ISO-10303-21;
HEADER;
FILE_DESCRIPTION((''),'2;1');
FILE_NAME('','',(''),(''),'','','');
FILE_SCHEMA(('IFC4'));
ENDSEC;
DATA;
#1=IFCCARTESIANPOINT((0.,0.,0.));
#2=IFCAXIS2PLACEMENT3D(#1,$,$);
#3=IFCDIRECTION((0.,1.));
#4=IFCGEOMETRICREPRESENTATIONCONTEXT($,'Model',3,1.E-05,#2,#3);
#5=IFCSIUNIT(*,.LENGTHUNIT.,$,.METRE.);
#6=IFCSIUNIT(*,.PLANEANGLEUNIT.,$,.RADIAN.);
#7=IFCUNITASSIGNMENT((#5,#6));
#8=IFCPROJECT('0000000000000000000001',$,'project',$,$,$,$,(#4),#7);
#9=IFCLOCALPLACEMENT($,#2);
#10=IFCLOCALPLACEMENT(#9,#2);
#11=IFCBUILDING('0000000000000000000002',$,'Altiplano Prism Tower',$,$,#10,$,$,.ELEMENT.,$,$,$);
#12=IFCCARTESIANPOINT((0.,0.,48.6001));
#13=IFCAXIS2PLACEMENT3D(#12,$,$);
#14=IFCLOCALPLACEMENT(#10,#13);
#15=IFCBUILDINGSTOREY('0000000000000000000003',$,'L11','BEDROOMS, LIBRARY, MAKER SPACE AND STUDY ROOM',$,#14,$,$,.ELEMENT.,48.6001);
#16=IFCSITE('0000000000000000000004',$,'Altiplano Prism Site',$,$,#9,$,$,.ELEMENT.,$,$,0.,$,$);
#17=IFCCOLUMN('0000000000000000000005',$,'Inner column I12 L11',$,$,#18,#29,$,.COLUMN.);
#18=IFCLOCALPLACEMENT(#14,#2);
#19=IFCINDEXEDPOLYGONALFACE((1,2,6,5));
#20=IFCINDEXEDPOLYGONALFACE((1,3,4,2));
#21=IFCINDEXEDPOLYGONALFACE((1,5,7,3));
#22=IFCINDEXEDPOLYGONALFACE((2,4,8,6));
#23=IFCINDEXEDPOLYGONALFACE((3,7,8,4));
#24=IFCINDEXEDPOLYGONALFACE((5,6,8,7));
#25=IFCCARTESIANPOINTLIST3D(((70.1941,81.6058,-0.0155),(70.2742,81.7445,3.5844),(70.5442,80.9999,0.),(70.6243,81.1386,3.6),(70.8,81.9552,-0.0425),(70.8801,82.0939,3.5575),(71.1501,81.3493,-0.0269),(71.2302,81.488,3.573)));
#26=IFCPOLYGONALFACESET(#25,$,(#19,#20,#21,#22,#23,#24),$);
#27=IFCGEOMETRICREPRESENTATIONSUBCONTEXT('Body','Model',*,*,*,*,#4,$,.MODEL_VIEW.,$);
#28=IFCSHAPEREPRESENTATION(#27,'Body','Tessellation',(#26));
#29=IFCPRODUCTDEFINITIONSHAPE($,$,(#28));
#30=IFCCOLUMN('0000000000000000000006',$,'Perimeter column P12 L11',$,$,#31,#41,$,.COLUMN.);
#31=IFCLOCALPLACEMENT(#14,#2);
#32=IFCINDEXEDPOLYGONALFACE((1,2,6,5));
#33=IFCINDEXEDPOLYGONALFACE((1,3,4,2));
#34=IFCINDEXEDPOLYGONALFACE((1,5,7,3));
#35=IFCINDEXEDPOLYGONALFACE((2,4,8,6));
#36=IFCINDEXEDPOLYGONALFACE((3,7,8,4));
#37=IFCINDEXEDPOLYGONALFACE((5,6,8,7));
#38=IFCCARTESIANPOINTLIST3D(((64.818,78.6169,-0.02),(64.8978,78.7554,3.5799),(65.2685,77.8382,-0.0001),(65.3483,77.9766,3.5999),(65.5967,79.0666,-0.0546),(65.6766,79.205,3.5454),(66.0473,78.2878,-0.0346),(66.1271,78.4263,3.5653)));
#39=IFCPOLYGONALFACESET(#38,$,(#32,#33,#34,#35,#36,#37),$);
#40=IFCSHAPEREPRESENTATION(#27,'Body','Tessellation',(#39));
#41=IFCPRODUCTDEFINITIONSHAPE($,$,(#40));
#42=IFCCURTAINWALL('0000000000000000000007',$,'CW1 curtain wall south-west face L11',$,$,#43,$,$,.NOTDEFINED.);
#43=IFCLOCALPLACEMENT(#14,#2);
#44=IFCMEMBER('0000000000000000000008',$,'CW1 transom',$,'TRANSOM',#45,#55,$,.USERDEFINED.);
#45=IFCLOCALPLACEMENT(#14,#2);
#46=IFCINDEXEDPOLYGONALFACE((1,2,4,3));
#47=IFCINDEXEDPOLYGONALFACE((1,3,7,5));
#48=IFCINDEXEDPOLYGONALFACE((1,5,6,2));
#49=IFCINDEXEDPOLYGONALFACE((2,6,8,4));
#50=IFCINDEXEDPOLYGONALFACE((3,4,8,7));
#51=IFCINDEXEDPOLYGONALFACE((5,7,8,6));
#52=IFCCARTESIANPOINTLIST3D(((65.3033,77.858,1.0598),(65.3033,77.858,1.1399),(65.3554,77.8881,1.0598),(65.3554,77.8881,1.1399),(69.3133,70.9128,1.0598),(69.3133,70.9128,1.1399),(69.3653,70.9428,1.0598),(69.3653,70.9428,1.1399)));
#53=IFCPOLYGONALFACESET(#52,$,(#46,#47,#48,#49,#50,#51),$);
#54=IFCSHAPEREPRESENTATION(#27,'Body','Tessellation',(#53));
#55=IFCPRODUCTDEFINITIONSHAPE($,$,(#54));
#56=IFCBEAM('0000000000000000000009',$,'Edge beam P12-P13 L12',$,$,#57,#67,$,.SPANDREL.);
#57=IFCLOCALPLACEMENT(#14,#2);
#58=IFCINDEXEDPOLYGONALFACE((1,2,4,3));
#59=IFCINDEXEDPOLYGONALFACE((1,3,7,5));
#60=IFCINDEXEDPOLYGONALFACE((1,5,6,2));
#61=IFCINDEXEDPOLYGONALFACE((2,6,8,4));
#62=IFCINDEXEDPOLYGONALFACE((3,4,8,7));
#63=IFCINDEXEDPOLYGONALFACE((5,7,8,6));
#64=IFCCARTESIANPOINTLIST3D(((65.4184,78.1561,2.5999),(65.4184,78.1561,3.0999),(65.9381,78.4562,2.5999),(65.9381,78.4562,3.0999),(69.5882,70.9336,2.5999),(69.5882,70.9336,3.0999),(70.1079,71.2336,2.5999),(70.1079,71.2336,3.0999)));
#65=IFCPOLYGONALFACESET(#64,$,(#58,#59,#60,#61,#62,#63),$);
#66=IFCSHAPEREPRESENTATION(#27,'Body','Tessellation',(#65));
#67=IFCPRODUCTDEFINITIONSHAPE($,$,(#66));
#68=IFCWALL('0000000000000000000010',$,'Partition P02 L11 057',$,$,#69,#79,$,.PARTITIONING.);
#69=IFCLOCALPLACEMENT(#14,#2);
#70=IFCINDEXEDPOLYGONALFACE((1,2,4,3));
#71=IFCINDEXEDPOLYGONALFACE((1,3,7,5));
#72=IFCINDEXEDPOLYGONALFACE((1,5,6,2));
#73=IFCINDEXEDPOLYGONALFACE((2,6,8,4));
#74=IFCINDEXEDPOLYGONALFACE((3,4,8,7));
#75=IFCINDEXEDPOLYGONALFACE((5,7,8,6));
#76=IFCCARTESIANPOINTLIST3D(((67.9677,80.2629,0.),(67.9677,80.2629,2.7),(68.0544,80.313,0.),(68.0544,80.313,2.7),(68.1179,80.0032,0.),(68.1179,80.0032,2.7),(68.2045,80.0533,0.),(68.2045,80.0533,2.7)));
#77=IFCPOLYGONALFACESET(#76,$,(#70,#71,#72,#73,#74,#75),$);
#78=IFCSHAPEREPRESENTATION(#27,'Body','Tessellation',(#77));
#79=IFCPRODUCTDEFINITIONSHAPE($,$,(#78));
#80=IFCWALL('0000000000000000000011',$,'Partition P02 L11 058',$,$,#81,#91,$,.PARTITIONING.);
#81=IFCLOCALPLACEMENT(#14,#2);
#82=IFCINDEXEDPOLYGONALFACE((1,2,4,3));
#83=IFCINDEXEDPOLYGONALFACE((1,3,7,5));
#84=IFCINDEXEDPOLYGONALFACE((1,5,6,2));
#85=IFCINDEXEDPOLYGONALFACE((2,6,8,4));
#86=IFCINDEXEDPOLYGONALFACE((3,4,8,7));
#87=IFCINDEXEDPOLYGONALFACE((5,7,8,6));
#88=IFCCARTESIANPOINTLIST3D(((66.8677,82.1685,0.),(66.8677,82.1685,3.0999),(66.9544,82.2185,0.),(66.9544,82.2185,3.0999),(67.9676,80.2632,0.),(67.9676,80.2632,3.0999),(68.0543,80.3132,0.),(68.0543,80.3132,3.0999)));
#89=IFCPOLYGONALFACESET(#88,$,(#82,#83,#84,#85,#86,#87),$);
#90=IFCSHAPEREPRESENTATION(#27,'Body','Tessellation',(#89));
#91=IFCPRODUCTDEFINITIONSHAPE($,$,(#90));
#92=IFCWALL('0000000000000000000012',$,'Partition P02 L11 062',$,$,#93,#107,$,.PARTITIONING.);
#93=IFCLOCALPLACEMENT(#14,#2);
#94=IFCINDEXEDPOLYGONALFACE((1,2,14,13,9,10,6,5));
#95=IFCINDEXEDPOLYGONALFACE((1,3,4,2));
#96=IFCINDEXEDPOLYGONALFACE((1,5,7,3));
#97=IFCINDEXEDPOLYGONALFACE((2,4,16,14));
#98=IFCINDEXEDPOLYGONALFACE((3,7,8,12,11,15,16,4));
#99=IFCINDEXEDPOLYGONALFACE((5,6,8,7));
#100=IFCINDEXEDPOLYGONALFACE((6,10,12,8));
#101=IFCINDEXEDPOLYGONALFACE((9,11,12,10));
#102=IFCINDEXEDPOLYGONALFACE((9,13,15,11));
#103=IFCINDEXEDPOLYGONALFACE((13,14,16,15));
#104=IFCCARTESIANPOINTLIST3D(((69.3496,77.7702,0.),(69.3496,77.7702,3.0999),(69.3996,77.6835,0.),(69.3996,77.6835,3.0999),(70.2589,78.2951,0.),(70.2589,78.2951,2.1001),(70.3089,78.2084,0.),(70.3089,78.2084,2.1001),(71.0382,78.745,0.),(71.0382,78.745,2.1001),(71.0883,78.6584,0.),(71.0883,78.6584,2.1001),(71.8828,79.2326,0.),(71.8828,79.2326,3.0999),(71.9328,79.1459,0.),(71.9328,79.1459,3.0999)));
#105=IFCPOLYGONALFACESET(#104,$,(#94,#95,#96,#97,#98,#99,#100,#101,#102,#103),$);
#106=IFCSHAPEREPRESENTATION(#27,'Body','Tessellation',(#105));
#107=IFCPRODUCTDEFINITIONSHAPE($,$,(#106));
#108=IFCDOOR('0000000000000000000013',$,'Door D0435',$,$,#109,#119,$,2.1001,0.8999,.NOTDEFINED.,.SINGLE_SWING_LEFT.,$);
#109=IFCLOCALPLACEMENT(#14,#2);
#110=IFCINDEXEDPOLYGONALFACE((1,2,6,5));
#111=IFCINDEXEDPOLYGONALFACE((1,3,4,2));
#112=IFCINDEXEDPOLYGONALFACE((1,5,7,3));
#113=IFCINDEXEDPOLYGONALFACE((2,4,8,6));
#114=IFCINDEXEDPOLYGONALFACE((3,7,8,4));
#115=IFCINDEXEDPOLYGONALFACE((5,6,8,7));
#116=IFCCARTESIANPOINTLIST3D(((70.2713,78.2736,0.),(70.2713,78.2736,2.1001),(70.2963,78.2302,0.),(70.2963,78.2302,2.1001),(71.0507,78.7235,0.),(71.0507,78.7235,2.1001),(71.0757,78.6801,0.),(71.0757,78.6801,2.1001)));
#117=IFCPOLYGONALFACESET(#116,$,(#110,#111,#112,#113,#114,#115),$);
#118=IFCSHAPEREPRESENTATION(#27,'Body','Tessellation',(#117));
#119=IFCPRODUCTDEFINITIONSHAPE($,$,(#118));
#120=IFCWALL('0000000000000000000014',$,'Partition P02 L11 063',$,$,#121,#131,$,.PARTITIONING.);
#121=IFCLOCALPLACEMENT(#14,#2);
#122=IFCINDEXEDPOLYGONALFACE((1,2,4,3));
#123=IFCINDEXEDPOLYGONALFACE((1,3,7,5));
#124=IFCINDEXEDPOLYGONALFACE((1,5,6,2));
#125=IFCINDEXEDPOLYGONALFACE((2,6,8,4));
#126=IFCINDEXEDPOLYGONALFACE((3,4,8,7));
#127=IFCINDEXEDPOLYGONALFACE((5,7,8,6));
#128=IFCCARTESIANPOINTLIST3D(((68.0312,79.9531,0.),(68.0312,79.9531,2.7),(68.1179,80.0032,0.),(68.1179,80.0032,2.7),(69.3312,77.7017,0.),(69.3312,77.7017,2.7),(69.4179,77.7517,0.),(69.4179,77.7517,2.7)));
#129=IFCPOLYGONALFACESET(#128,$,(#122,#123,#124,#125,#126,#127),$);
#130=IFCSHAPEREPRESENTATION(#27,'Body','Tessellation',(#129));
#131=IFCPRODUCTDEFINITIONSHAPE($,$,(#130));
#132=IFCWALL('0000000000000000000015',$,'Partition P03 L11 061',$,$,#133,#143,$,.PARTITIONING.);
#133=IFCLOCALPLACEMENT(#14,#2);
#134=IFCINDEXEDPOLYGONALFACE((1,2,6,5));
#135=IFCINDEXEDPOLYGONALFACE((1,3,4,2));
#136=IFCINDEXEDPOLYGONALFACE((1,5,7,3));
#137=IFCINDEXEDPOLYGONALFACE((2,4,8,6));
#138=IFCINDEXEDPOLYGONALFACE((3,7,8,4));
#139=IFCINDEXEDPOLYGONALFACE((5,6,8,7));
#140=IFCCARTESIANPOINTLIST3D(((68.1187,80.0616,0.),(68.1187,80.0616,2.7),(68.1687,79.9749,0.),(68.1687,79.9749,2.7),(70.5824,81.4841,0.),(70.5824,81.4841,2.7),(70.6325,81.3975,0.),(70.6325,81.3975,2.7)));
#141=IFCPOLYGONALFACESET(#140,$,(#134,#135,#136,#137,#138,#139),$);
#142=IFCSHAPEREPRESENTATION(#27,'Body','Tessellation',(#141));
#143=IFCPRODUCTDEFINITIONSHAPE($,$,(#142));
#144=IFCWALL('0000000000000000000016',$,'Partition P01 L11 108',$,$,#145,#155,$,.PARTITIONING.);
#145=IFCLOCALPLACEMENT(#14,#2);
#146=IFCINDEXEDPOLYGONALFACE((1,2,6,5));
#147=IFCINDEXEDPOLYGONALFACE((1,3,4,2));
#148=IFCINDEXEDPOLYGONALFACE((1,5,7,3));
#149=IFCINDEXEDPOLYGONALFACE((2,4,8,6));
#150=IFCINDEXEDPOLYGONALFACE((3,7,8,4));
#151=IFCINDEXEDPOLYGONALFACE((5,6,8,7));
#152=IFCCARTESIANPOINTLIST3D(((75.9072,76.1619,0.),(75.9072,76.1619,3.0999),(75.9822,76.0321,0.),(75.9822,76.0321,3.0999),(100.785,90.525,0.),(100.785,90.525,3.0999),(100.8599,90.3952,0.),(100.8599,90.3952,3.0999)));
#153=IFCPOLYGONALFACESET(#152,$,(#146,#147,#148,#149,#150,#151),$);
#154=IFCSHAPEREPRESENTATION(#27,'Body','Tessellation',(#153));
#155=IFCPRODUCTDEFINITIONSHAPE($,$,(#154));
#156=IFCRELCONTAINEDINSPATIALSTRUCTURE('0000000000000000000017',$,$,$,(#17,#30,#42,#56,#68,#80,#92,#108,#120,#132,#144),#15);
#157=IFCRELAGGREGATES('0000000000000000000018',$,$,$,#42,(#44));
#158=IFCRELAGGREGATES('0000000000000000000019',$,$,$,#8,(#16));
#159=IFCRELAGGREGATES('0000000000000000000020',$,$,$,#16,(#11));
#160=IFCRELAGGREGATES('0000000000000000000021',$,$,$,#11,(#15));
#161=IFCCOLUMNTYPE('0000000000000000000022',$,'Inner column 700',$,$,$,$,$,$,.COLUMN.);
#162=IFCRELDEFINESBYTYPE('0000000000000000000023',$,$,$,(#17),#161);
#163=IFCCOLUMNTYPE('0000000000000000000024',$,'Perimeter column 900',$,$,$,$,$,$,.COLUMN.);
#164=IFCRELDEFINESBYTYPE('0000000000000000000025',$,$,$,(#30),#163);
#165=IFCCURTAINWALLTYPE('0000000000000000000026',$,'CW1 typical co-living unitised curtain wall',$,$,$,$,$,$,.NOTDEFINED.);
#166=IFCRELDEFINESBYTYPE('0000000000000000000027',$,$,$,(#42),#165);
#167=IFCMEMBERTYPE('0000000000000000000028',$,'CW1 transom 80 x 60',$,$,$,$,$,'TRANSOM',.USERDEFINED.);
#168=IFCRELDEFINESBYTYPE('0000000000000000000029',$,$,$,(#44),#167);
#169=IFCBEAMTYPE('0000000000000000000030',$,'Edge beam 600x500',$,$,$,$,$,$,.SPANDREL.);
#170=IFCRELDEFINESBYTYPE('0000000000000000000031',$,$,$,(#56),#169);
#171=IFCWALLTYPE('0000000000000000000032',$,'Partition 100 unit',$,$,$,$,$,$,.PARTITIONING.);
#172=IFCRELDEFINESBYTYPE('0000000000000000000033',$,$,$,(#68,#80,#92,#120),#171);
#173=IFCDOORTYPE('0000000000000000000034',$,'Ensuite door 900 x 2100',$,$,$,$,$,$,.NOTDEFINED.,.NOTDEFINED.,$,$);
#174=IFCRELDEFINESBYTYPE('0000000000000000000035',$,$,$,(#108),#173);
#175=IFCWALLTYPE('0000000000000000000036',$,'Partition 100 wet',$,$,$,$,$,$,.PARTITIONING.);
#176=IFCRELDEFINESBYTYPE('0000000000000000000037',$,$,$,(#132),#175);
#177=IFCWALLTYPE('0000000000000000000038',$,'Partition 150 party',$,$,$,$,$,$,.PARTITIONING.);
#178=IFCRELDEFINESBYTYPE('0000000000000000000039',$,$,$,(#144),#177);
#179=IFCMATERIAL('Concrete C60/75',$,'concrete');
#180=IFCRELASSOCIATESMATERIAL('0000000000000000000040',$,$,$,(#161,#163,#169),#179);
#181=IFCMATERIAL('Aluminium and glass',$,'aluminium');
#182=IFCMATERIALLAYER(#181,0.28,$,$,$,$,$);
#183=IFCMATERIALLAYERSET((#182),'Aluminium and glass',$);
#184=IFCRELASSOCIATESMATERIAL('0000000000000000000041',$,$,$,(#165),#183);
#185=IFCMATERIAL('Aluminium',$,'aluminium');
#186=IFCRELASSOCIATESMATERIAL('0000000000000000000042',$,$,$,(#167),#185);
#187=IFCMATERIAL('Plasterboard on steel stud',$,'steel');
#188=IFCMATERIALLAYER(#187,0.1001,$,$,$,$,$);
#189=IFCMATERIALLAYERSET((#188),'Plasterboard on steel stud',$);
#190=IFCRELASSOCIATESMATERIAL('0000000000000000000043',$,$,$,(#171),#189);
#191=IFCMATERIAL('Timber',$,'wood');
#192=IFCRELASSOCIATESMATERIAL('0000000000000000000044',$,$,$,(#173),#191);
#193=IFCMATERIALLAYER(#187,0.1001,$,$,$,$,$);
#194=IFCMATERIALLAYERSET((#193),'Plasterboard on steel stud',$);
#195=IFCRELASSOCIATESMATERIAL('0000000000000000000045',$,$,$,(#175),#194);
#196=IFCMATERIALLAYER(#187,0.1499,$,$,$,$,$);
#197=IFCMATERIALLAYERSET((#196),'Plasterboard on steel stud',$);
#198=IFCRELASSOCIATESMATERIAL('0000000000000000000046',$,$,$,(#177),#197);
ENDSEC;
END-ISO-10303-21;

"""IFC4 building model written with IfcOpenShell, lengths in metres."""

from ifc_helpers import new_model, si_unit, direction, frame, frame_2d, origin, origin_2d, place, context, subcontext, project, spatial, rectangle, extrude, material, layer, layer_set, material_profile, profile_set, type_object, element, fill, aggregate, save


model = new_model("IFC4")

# Units and contexts
model_context = context("Model", 3, precision=1e-05, world=origin(), true_north=direction((0.0, 1.0)))
body_context = subcontext(model_context, "Body", "Model", "MODEL_VIEW")
ifc_project = project(units=[si_unit("LENGTHUNIT", "METRE"), si_unit("PLANEANGLEUNIT", "RADIAN")], contexts=[model_context])

# Site, building, storey
site_placement = place(None, origin())
site = spatial("IfcSite", under=ifc_project, at=site_placement, Name="Altiplano Prism Site", CompositionType="ELEMENT", RefElevation=0.0)
building_placement = place(site_placement, origin())
building = spatial("IfcBuilding", under=site, at=building_placement, Name="Altiplano Prism Tower", CompositionType="ELEMENT")
storey_placement = place(building_placement, frame((0.0, 0.0, 48.6001)))
storey = spatial("IfcBuildingStorey", under=building, at=storey_placement, Name="L11", Description="BEDROOMS, LIBRARY, MAKER SPACE AND STUDY ROOM", CompositionType="ELEMENT", Elevation=48.6001)

# Columns
ifc_material_1 = material(Name="Concrete C60/75", Category="concrete")
ifc_material_profile_1 = material_profile(ifc_material_1, rectangle(XDim=0.7, YDim=0.7, at=origin_2d()), Name="Inner column 700")
ifc_profile_set_1 = profile_set([ifc_material_profile_1], Name="Concrete C60/75")
column_type_1 = type_object("IfcColumnType", Name="Inner column 700", PredefinedType="COLUMN", material=ifc_profile_set_1)
column_1_placement = place(storey_placement, frame((70.6721, 81.4775, -0.0212), z_axis=(0.022223, 0.038483, 0.999012), x_axis=(-0.865644, -0.499179, 0.038485)))
element("IfcColumn", 1, at=column_1_placement, inside=storey, type_object=column_type_1, Name="Inner column I12 L11", PredefinedType="COLUMN", context=body_context, shape_type="SweptSolid", body=[
    extrude(rectangle(XDim=0.7, YDim=0.7, at=origin_2d()), origin(), (0.0, 0.0, 1.0), 3.6035),
])
ifc_material_profile_2 = material_profile(ifc_material_1, rectangle(XDim=0.8999, YDim=0.8999, at=origin_2d()), Name="Perimeter column 900")
ifc_profile_set_2 = profile_set([ifc_material_profile_2], Name="Concrete C60/75")
column_type_2 = type_object("IfcColumnType", Name="Perimeter column 900", PredefinedType="COLUMN", material=ifc_profile_set_2)
column_2_placement = place(storey_placement, frame((65.4326, 78.4524, -0.0273), z_axis=(0.022155, 0.038416, 0.999016), x_axis=(-0.865366, -0.499666, 0.038405)))
element("IfcColumn", 2, at=column_2_placement, inside=storey, type_object=column_type_2, Name="Perimeter column P12 L11", PredefinedType="COLUMN", context=body_context, shape_type="SweptSolid", body=[
    extrude(rectangle(XDim=0.8999, YDim=0.8999, at=origin_2d()), origin(), (0.0, 0.0, 1.0), 3.6035),
])

# Curtain wall, member
ifc_material_2 = material(Name="Aluminium and glass", Category="aluminium")
ifc_layer_1 = layer(ifc_material_2, 0.28)
ifc_layer_set_1 = layer_set([ifc_layer_1], Name="Aluminium and glass")
curtain_wall_type = type_object("IfcCurtainWallType", Name="CW1 typical co-living unitised curtain wall", PredefinedType="NOTDEFINED", material=ifc_layer_set_1)
curtain_wall_placement = place(storey_placement, origin())
curtain_wall = element("IfcCurtainWall", 3, at=curtain_wall_placement, inside=storey, type_object=curtain_wall_type, Name="CW1 curtain wall south-west face L11", PredefinedType="NOTDEFINED")
ifc_material_3 = material(Name="Aluminium", Category="aluminium")
ifc_material_profile_3 = material_profile(ifc_material_3, rectangle(XDim=0.0601, YDim=0.0801, at=origin_2d()), Name="CW1 transom 80 x 60")
ifc_profile_set_3 = profile_set([ifc_material_profile_3], Name="Aluminium")
member_type = type_object("IfcMemberType", Name="CW1 transom 80 x 60", ElementType="TRANSOM", PredefinedType="USERDEFINED", material=ifc_profile_set_3)
member_placement = place(storey_placement, frame((65.3293, 77.873, 1.0999), z_axis=(0.500012, -0.866018, 0.0), x_axis=(0.866018, 0.500012, 0.0)))
member = element("IfcMember", 4, at=member_placement, type_object=member_type, Name="CW1 transom", ObjectType="TRANSOM", PredefinedType="USERDEFINED", context=body_context, shape_type="SweptSolid", body=[
    extrude(rectangle(XDim=0.0601, YDim=0.0801, at=origin_2d()), origin(), (0.0, 0.0, 1.0), 8.0198),
])
aggregate(curtain_wall, [member])

# Beam
ifc_material_profile_4 = material_profile(ifc_material_1, rectangle(XDim=0.6001, YDim=0.5, at=origin_2d()), Name="Edge beam 600x500")
ifc_profile_set_4 = profile_set([ifc_material_profile_4], Name="Concrete C60/75")
beam_type = type_object("IfcBeamType", Name="Edge beam 600x500", PredefinedType="SPANDREL", material=ifc_profile_set_4)
beam_placement = place(storey_placement, frame((65.6782, 78.3062, 2.8499), z_axis=(0.499993, -0.86603, 0.0), x_axis=(0.86603, 0.499993, 0.0)))
element("IfcBeam", 5, at=beam_placement, inside=storey, type_object=beam_type, Name="Edge beam P12-P13 L12", PredefinedType="SPANDREL", context=body_context, shape_type="SweptSolid", body=[
    extrude(rectangle(XDim=0.6001, YDim=0.5, at=origin_2d()), origin(), (0.0, 0.0, 1.0), 8.3398),
])

# Walls
ifc_material_4 = material(Name="Plasterboard on steel stud", Category="steel")
ifc_layer_2 = layer(ifc_material_4, 0.1001)
ifc_layer_set_2 = layer_set([ifc_layer_2], Name="Plasterboard on steel stud")
wall_type_1 = type_object("IfcWallType", Name="Partition 100 unit", PredefinedType="PARTITIONING", material=ifc_layer_set_2)
wall_1_placement = place(storey_placement, frame((68.1611, 80.0283, 0.0), z_axis=(0.0, 0.0, 1.0), x_axis=(-0.500427, 0.865779, 0.0)))
element("IfcWall", 6, at=wall_1_placement, inside=storey, type_object=wall_type_1, Name="Partition P02 L11 057", PredefinedType="PARTITIONING", context=body_context, shape_type="SweptSolid", body=[
    extrude(rectangle(XDim=0.3, YDim=0.1001, at=frame_2d((0.1499, 0.0))), origin(), (0.0, 0.0, 1.0), 2.7),
])
wall_2_placement = place(storey_placement, frame((68.011, 80.2881, 0.0), z_axis=(0.0, 0.0, 1.0), x_axis=(-0.499947, 0.866056, 0.0)))
element("IfcWall", 7, at=wall_2_placement, inside=storey, type_object=wall_type_1, Name="Partition P02 L11 058", PredefinedType="PARTITIONING", context=body_context, shape_type="SweptSolid", body=[
    extrude(rectangle(XDim=2.2, YDim=0.1001, at=frame_2d((1.1001, 0.0))), origin(), (0.0, 0.0, 1.0), 3.0999),
])

# Wall, opening, door
wall_3_placement = place(storey_placement, frame((71.9077, 79.1892, 0.0), z_axis=(0.0, 0.0, 1.0), x_axis=(-0.866047, -0.499963, 0.0)))
wall_3 = element("IfcWall", 8, at=wall_3_placement, inside=storey, type_object=wall_type_1, Name="Partition P02 L11 062", PredefinedType="PARTITIONING", context=body_context, shape_type="SweptSolid", body=[
    extrude(rectangle(XDim=2.925, YDim=0.1001, at=frame_2d((1.4624, 0.0))), origin(), (0.0, 0.0, 1.0), 3.0999),
])
opening_placement = place(wall_3_placement, frame((0.9751, 0.0, 0.0)))
opening = element("IfcOpeningElement", 9, at=opening_placement, cuts=wall_3, PredefinedType="OPENING", context=body_context, shape_type="SweptSolid", body=[
    extrude(rectangle(XDim=0.8999, YDim=2.1001, at=frame_2d((0.45, 1.05))), frame((0.0, 0.0605, 0.0), z_axis=(0.0, -1.0, 0.0), x_axis=(1.0, 0.0, 0.0)), (0.0, 0.0, 1.0), 0.1211),
])
ifc_material_5 = material(Name="Timber", Category="wood")
door_type = type_object("IfcDoorType", Name="Ensuite door 900 x 2100", OperationType="NOTDEFINED", PredefinedType="NOTDEFINED", material=ifc_material_5)
door_placement = place(opening_placement, origin())
door = element("IfcDoor", 10, at=door_placement, inside=storey, type_object=door_type, Name="Door D0435", OperationType="SINGLE_SWING_LEFT", OverallHeight=2.1001, OverallWidth=0.8999, PredefinedType="NOTDEFINED", context=body_context, shape_type="SweptSolid", body=[
    extrude(rectangle(XDim=0.8999, YDim=2.1001, at=frame_2d((0.45, 1.05))), frame((0.0, 0.0249, 0.0), z_axis=(0.0, -1.0, 0.0), x_axis=(1.0, 0.0, 0.0)), (0.0, 0.0, 1.0), 0.05),
])
fill(opening, door)

# Walls
wall_4_placement = place(storey_placement, frame((69.3745, 77.7268, 0.0), z_axis=(0.0, 0.0, 1.0), x_axis=(-0.500048, 0.865998, 0.0)))
element("IfcWall", 11, at=wall_4_placement, inside=storey, type_object=wall_type_1, Name="Partition P02 L11 063", PredefinedType="PARTITIONING", context=body_context, shape_type="SweptSolid", body=[
    extrude(rectangle(XDim=2.5999, YDim=0.1001, at=frame_2d((1.2998, 0.0))), origin(), (0.0, 0.0, 1.0), 2.7),
])
ifc_layer_3 = layer(ifc_material_4, 0.1001)
ifc_layer_set_3 = layer_set([ifc_layer_3], Name="Plasterboard on steel stud")
wall_type_2 = type_object("IfcWallType", Name="Partition 100 wet", PredefinedType="PARTITIONING", material=ifc_layer_set_3)
wall_5_placement = place(storey_placement, frame((68.1438, 80.0183, 0.0), z_axis=(0.0, 0.0, 1.0), x_axis=(0.866011, 0.500025, 0.0)))
element("IfcWall", 12, at=wall_5_placement, inside=storey, type_object=wall_type_2, Name="Partition P03 L11 061", PredefinedType="PARTITIONING", context=body_context, shape_type="SweptSolid", body=[
    extrude(rectangle(XDim=2.845, YDim=0.1001, at=frame_2d((1.4224, 0.0))), origin(), (0.0, 0.0, 1.0), 2.7),
])
ifc_layer_4 = layer(ifc_material_4, 0.1499)
ifc_layer_set_4 = layer_set([ifc_layer_4], Name="Plasterboard on steel stud")
wall_type_3 = type_object("IfcWallType", Name="Partition 150 party", PredefinedType="PARTITIONING", material=ifc_layer_set_4)
wall_6_placement = place(storey_placement, frame((75.9446, 76.0969, 0.0), z_axis=(0.0, 0.0, 1.0), x_axis=(0.866027, 0.499997, 0.0)))
element("IfcWall", 13, at=wall_6_placement, inside=storey, type_object=wall_type_3, Name="Partition P01 L11 108", PredefinedType="PARTITIONING", context=body_context, shape_type="SweptSolid", body=[
    extrude(rectangle(XDim=28.7263, YDim=0.1499, at=frame_2d((14.3633, 0.0))), origin(), (0.0, 0.0, 1.0), 3.0999),
])

save(model, "model.ifc")
